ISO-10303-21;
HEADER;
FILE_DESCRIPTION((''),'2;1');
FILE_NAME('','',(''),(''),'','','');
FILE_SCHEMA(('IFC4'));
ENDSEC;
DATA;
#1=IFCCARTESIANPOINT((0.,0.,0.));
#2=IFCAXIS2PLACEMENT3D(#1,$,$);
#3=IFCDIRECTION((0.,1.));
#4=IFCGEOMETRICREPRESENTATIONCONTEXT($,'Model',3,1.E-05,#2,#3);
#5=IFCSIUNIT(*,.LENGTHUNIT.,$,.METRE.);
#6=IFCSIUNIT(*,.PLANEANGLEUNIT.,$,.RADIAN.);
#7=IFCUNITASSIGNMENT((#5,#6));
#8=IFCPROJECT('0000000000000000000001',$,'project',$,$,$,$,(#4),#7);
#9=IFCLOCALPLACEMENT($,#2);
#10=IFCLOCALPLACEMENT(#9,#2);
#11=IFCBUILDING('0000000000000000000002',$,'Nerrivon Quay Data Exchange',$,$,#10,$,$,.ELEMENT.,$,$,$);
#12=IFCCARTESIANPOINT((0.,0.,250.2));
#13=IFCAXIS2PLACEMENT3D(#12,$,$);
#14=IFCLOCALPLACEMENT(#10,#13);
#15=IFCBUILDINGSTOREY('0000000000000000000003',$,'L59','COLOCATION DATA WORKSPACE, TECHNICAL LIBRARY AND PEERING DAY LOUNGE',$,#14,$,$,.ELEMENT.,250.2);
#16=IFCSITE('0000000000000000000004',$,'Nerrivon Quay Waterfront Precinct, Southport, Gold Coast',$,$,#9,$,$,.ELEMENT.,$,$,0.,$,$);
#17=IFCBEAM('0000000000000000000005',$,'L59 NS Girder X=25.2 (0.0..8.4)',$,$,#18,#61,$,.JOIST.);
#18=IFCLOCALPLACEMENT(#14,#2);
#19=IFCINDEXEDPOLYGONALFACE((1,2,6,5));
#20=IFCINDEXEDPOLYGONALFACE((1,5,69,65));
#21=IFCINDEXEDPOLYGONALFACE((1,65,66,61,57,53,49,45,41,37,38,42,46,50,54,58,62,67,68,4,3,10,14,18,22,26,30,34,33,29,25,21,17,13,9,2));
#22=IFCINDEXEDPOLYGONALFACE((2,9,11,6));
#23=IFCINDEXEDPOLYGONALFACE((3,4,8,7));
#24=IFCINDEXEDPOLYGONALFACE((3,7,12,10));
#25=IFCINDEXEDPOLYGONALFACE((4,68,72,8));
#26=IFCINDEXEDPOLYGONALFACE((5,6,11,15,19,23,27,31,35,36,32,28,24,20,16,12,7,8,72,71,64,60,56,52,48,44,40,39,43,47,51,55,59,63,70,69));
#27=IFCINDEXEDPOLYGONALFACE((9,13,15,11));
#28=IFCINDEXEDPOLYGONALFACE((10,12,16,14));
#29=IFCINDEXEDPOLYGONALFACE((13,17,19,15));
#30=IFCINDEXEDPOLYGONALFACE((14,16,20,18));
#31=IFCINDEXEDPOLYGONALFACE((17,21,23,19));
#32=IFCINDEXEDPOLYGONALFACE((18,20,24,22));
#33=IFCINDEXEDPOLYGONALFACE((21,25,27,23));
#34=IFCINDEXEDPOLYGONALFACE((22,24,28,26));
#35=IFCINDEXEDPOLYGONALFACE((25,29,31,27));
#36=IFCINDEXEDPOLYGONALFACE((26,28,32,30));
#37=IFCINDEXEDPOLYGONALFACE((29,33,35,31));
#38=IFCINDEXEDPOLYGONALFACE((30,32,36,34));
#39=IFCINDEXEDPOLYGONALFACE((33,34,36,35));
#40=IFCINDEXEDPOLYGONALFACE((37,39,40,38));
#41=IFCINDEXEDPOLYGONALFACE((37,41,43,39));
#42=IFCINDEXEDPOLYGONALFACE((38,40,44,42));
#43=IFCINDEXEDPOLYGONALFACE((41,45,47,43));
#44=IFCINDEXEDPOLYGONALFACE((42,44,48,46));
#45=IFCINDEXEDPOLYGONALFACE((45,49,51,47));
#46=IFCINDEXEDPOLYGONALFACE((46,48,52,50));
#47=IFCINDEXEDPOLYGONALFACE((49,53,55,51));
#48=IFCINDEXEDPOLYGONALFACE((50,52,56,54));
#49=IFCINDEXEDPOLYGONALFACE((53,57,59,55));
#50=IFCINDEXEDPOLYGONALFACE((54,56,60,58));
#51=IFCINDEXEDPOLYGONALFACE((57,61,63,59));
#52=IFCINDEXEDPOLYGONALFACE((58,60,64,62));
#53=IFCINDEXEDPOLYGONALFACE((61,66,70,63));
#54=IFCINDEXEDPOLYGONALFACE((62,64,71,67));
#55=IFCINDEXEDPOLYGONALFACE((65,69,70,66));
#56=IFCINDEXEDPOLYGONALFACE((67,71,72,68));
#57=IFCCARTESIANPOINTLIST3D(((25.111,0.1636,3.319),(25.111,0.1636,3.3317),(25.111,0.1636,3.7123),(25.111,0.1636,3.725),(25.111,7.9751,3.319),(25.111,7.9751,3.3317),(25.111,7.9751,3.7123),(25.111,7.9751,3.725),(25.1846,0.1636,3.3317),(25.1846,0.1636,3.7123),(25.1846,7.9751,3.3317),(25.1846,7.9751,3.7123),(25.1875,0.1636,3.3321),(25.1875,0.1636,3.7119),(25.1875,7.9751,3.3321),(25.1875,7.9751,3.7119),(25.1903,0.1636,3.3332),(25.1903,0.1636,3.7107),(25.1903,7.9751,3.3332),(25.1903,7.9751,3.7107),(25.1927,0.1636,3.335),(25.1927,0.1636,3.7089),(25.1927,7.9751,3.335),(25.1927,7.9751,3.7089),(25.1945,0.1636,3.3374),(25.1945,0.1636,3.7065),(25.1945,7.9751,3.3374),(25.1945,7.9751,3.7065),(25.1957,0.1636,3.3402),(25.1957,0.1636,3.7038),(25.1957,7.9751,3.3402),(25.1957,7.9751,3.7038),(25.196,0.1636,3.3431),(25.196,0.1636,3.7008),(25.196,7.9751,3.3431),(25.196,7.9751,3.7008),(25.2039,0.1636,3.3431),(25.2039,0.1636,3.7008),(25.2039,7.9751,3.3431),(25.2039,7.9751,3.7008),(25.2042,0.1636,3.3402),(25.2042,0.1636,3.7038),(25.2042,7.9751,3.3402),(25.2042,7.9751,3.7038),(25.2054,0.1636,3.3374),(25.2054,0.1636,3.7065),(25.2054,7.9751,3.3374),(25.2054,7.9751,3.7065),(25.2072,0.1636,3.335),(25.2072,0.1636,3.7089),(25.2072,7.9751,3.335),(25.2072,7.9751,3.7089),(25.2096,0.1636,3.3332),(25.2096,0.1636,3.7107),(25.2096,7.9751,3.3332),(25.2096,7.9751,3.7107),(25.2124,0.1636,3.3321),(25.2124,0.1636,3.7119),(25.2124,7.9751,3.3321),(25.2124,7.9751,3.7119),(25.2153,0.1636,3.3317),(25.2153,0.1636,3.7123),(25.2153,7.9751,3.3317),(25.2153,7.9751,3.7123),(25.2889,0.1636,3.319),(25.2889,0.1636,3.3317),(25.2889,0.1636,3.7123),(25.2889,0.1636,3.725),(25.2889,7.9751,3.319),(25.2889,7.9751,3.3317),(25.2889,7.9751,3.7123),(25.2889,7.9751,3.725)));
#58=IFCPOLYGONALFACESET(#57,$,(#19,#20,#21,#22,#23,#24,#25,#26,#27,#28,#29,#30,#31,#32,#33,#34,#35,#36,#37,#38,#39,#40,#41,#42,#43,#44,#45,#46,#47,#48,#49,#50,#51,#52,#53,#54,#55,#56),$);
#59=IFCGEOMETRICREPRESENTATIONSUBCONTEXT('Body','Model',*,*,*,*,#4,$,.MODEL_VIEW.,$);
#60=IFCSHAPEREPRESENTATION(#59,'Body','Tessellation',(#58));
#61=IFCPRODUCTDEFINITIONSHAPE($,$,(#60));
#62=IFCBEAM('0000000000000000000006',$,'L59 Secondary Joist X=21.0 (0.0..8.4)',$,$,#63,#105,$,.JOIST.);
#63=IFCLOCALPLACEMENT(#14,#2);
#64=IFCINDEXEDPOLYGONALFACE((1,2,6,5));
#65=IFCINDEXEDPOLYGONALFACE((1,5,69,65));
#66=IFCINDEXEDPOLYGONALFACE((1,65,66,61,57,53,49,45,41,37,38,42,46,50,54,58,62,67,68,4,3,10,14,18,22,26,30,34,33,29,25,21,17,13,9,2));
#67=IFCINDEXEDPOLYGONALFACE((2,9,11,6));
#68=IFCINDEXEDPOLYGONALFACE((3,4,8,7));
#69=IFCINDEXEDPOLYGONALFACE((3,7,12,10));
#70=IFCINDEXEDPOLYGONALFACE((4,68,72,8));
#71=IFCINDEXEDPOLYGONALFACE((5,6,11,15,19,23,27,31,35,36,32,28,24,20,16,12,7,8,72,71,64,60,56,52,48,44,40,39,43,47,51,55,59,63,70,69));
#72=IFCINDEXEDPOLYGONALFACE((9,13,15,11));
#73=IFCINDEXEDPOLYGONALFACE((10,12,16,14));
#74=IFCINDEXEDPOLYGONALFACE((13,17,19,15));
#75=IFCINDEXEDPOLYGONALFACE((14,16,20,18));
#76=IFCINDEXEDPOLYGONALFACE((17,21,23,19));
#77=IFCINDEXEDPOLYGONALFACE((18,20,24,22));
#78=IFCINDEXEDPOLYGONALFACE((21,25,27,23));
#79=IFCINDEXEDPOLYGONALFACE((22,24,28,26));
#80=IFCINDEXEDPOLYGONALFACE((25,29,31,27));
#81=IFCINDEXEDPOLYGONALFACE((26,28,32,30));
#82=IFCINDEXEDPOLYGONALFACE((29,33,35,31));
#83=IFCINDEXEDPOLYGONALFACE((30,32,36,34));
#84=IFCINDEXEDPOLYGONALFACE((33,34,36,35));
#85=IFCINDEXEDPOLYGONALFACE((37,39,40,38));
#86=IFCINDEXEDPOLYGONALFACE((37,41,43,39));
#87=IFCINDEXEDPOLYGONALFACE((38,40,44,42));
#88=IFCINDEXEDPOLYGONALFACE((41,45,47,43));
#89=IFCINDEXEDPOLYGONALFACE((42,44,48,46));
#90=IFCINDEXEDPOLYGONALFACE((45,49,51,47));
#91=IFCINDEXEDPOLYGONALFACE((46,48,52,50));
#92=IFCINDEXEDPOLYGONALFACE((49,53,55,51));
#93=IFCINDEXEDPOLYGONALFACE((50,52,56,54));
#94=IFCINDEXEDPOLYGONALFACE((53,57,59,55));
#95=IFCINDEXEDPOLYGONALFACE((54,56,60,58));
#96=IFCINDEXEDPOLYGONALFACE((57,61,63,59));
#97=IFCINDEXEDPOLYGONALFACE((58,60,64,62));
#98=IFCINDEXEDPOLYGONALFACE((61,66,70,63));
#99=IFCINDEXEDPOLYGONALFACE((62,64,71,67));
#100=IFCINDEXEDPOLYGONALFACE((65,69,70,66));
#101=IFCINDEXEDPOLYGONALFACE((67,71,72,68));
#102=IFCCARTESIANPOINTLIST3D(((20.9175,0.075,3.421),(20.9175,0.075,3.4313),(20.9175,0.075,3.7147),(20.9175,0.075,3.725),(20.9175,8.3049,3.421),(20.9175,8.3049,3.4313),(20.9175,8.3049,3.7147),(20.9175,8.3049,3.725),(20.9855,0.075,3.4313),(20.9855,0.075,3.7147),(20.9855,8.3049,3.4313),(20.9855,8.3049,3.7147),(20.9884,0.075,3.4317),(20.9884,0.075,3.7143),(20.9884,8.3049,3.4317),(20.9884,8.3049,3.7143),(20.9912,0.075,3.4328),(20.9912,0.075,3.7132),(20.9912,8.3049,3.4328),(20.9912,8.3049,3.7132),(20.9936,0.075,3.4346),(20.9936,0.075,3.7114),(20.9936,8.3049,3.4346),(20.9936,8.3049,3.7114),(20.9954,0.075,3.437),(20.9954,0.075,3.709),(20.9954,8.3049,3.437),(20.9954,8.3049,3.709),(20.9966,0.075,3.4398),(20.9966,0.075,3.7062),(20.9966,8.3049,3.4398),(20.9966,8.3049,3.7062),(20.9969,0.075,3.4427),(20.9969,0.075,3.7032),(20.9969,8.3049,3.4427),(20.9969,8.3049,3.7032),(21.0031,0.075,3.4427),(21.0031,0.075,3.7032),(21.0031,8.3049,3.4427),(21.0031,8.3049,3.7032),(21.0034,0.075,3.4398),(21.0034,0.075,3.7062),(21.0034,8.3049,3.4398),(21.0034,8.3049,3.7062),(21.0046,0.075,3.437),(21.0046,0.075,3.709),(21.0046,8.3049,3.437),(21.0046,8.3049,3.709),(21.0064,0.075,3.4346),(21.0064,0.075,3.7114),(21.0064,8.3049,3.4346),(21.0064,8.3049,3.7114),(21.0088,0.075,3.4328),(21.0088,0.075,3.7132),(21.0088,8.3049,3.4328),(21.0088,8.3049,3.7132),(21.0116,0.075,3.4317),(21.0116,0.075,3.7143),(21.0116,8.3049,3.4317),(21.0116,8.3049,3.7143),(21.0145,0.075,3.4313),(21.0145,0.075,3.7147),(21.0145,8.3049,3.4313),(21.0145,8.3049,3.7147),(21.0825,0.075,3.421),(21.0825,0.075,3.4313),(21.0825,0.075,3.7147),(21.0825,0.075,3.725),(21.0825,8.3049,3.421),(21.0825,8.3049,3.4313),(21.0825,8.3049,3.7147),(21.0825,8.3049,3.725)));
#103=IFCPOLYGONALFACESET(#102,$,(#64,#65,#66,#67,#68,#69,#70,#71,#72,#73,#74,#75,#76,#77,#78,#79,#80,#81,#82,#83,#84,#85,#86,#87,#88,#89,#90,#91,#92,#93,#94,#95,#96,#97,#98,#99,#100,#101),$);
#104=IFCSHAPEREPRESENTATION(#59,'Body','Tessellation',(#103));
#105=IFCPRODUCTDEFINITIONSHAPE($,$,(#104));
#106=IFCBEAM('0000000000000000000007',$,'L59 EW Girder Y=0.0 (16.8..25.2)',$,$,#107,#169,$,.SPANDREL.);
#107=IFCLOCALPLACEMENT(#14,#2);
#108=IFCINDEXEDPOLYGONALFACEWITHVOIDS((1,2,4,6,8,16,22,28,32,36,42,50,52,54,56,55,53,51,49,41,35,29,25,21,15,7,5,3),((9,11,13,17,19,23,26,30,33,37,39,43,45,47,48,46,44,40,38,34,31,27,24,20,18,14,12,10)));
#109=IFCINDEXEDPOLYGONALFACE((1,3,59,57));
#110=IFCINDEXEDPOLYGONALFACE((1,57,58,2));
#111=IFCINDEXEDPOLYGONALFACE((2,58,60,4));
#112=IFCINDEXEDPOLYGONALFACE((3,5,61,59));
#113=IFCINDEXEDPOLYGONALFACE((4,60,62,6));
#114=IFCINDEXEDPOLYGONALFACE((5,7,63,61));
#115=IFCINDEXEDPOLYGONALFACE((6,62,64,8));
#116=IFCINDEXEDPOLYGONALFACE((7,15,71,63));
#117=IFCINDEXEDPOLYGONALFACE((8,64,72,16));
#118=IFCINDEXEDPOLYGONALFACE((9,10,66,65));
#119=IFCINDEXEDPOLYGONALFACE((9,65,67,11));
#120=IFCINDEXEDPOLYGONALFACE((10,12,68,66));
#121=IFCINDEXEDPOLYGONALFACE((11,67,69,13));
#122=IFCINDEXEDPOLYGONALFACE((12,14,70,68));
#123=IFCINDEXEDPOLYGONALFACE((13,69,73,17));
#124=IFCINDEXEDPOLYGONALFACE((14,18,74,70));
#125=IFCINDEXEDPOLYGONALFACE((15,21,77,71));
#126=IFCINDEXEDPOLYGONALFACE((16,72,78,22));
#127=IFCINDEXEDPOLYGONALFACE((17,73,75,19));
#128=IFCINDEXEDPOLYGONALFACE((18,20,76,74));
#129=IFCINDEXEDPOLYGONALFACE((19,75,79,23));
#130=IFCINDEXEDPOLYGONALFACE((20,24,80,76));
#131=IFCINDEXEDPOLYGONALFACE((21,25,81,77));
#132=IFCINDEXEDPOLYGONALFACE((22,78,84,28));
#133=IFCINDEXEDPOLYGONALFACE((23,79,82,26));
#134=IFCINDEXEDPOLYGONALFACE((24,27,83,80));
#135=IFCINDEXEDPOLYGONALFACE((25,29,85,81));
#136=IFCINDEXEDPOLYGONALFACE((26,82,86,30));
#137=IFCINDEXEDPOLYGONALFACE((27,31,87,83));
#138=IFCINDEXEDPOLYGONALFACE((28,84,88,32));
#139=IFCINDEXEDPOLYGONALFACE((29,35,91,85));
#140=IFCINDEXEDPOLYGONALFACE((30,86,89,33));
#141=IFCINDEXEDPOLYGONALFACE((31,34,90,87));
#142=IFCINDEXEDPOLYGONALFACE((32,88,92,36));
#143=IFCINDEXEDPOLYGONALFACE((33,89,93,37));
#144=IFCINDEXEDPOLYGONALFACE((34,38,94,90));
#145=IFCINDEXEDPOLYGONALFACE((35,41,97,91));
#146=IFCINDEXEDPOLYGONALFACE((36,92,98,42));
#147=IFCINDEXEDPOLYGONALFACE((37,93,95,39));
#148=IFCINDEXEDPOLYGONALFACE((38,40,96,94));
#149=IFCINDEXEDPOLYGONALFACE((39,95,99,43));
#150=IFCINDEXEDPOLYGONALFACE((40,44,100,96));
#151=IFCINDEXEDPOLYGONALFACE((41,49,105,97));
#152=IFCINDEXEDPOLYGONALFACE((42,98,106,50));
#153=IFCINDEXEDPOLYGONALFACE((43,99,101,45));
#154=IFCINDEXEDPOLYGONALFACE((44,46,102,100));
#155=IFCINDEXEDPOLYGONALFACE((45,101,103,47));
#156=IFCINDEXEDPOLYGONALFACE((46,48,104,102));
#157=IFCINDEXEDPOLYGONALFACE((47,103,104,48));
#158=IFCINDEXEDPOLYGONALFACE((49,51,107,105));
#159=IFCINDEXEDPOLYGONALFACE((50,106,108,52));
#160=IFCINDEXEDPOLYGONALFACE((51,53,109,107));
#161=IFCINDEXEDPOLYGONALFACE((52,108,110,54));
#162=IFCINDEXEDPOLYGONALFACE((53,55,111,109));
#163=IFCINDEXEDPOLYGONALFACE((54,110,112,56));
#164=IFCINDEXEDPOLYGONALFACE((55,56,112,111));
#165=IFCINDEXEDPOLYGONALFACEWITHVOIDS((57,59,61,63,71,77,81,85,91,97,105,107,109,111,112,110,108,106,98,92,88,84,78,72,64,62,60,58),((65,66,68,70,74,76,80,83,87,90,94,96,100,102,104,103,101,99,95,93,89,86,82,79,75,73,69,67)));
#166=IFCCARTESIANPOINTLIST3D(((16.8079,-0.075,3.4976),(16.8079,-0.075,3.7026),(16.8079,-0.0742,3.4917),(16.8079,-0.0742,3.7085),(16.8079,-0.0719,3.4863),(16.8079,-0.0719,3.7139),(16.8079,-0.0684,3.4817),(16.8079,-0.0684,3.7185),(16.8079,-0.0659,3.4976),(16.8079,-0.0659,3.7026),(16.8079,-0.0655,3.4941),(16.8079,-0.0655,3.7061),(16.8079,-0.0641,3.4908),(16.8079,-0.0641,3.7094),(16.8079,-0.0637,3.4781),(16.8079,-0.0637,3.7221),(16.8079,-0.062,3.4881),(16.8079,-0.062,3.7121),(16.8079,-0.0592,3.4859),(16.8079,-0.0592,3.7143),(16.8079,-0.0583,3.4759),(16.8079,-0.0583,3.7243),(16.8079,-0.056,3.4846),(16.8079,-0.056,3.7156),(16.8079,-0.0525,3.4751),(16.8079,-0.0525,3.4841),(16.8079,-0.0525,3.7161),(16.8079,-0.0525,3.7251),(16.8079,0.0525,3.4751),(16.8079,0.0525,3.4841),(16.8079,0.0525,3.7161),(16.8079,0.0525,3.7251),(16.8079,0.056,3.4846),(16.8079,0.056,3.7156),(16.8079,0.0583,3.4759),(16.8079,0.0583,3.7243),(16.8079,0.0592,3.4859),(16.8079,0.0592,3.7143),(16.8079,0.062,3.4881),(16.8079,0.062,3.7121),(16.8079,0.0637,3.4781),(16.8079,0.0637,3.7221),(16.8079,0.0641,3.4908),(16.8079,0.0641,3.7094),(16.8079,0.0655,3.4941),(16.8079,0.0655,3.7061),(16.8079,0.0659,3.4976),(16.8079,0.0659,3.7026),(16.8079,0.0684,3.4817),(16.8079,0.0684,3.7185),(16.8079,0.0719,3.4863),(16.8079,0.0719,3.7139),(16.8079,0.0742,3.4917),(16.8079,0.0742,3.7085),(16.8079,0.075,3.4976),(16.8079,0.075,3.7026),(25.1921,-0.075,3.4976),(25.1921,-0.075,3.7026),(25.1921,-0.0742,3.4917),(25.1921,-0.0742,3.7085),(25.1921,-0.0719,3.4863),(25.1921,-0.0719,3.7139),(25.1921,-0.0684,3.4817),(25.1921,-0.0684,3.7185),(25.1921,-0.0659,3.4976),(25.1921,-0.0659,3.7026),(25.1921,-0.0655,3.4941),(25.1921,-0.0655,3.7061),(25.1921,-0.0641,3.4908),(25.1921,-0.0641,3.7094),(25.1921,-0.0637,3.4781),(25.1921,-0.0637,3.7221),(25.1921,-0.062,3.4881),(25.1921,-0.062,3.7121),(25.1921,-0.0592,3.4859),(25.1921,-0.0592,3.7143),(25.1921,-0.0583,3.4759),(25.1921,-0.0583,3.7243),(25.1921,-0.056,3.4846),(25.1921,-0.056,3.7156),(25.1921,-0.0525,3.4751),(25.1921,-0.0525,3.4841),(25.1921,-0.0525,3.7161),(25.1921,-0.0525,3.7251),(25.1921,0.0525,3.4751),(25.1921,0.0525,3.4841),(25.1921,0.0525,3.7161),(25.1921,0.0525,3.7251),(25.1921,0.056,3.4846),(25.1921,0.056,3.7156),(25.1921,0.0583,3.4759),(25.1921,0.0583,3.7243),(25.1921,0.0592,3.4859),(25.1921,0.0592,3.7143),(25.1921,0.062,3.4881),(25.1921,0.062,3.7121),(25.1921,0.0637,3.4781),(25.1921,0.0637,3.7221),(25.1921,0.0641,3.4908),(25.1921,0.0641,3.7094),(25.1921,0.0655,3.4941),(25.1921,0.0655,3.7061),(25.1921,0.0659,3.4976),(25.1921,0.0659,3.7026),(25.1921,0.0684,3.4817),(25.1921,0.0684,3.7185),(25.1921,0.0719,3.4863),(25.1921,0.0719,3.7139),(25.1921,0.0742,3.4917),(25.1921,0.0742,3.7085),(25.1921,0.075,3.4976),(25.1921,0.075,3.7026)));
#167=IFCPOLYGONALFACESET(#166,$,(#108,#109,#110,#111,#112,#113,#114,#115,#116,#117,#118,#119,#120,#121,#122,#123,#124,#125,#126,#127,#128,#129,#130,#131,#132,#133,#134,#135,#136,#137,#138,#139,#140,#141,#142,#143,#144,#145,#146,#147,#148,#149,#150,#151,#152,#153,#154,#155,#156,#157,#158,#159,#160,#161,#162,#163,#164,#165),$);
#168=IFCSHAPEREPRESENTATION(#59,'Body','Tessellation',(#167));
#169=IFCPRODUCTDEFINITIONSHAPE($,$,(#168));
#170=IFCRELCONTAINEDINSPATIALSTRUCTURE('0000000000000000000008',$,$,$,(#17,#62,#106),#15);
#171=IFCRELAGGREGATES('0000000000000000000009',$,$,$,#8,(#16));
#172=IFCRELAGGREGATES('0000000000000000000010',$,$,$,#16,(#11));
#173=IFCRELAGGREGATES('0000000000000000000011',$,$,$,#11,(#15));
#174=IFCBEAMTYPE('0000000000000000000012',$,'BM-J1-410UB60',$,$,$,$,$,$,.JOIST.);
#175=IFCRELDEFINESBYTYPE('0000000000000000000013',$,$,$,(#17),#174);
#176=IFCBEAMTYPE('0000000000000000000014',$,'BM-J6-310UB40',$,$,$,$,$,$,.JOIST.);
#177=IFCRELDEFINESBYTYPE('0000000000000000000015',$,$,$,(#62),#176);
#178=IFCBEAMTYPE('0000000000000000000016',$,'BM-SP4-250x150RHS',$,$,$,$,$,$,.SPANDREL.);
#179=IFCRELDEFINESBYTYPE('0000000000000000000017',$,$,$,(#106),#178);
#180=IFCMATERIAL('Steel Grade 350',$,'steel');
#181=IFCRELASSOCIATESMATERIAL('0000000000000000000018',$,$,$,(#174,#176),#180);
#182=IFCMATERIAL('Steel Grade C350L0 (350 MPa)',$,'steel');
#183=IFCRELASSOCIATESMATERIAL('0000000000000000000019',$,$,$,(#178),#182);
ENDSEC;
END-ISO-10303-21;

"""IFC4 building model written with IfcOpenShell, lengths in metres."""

from ifc_helpers import new_model, si_unit, direction, frame, origin, origin_2d, place, context, subcontext, project, spatial, hollow_rectangle, i_section, extrude, material, material_profile, profile_set, type_object, element, save


model = new_model("IFC4")

# Units and contexts
model_context = context("Model", 3, precision=1e-05, world=origin(), true_north=direction((0.0, 1.0)))
body_context = subcontext(model_context, "Body", "Model", "MODEL_VIEW")
ifc_project = project(units=[si_unit("LENGTHUNIT", "METRE"), si_unit("PLANEANGLEUNIT", "RADIAN")], contexts=[model_context])

# Site, building, storey
site_placement = place(None, origin())
site = spatial("IfcSite", under=ifc_project, at=site_placement, Name="Nerrivon Quay Waterfront Precinct, Southport, Gold Coast", CompositionType="ELEMENT", RefElevation=0.0)
building_placement = place(site_placement, origin())
building = spatial("IfcBuilding", under=site, at=building_placement, Name="Nerrivon Quay Data Exchange", CompositionType="ELEMENT")
storey_placement = place(building_placement, frame((0.0, 0.0, 250.2)))
storey = spatial("IfcBuildingStorey", under=building, at=storey_placement, Name="L59", Description="COLOCATION DATA WORKSPACE, TECHNICAL LIBRARY AND PEERING DAY LOUNGE", CompositionType="ELEMENT", Elevation=250.2)

# Shared definitions
ifc_material_1 = material(Name="Steel Grade 350", Category="steel")

# Beams
ifc_material_profile_1 = material_profile(ifc_material_1, i_section(OverallWidth=0.178, OverallDepth=0.406, WebThickness=0.0078, FlangeThickness=0.0127, FilletRadius=0.0115, at=origin_2d()), Name="410UB59.7")
ifc_profile_set_1 = profile_set([ifc_material_profile_1], Name="Steel Grade 350")
beam_type_1 = type_object("IfcBeamType", Name="BM-J1-410UB60", PredefinedType="JOIST", material=ifc_profile_set_1)
beam_1_placement = place(storey_placement, frame((25.2, 0.1636, 3.522), z_axis=(0.0, 1.0, 0.0), x_axis=(-1.0, 0.0, 0.0)))
element("IfcBeam", 1, at=beam_1_placement, inside=storey, type_object=beam_type_1, Name="L59 NS Girder X=25.2 (0.0..8.4)", PredefinedType="JOIST", context=body_context, shape_type="SweptSolid", body=[
    extrude(i_section(OverallWidth=0.178, OverallDepth=0.406, WebThickness=0.0078, FlangeThickness=0.0127, FilletRadius=0.0115, at=origin_2d()), origin(), (0.0, 0.0, 1.0), 7.8115),
])
ifc_material_profile_2 = material_profile(ifc_material_1, i_section(OverallWidth=0.165, OverallDepth=0.304, WebThickness=0.0061, FlangeThickness=0.0103, FilletRadius=0.0115, at=origin_2d()), Name="310UB40.4")
ifc_profile_set_2 = profile_set([ifc_material_profile_2], Name="Steel Grade 350")
beam_type_2 = type_object("IfcBeamType", Name="BM-J6-310UB40", PredefinedType="JOIST", material=ifc_profile_set_2)
beam_2_placement = place(storey_placement, frame((21.0, 0.075, 3.573), z_axis=(0.0, 1.0, 0.0), x_axis=(-1.0, 0.0, 0.0)))
element("IfcBeam", 2, at=beam_2_placement, inside=storey, type_object=beam_type_2, Name="L59 Secondary Joist X=21.0 (0.0..8.4)", PredefinedType="JOIST", context=body_context, shape_type="SweptSolid", body=[
    extrude(i_section(OverallWidth=0.165, OverallDepth=0.304, WebThickness=0.0061, FlangeThickness=0.0103, FilletRadius=0.0115, at=origin_2d()), origin(), (0.0, 0.0, 1.0), 8.23),
])
ifc_material_2 = material(Name="Steel Grade C350L0 (350 MPa)", Category="steel")
ifc_material_profile_3 = material_profile(ifc_material_2, hollow_rectangle(XDim=0.1499, YDim=0.25, WallThickness=0.009, InnerFilletRadius=0.0134, OuterFilletRadius=0.0225, at=origin_2d()), Name="250x150x9.0RHS")
ifc_profile_set_3 = profile_set([ifc_material_profile_3], Name="Steel Grade C350L0 (350 MPa)")
beam_type_3 = type_object("IfcBeamType", Name="BM-SP4-250x150RHS", PredefinedType="SPANDREL", material=ifc_profile_set_3)
for number, where, z_axis, x_axis, name in (
    (3, (16.8079, 0.0, 3.6001), (1.0, 0.0, 0.0), (0.0, 1.0, 0.0), "L59 EW Girder Y=0.0 (16.8..25.2)"),
):
    element("IfcBeam", number, at=place(storey_placement, frame(where, z_axis=z_axis, x_axis=x_axis)), inside=storey, type_object=beam_type_3, Name=name, PredefinedType="SPANDREL", context=body_context, shape_type="SweptSolid", body=[
        extrude(hollow_rectangle(XDim=0.1499, YDim=0.25, WallThickness=0.009, InnerFilletRadius=0.0134, OuterFilletRadius=0.0225, at=origin_2d()), origin(), (0.0, 0.0, 1.0), 8.3843),
    ])

save(model, "model.ifc")
